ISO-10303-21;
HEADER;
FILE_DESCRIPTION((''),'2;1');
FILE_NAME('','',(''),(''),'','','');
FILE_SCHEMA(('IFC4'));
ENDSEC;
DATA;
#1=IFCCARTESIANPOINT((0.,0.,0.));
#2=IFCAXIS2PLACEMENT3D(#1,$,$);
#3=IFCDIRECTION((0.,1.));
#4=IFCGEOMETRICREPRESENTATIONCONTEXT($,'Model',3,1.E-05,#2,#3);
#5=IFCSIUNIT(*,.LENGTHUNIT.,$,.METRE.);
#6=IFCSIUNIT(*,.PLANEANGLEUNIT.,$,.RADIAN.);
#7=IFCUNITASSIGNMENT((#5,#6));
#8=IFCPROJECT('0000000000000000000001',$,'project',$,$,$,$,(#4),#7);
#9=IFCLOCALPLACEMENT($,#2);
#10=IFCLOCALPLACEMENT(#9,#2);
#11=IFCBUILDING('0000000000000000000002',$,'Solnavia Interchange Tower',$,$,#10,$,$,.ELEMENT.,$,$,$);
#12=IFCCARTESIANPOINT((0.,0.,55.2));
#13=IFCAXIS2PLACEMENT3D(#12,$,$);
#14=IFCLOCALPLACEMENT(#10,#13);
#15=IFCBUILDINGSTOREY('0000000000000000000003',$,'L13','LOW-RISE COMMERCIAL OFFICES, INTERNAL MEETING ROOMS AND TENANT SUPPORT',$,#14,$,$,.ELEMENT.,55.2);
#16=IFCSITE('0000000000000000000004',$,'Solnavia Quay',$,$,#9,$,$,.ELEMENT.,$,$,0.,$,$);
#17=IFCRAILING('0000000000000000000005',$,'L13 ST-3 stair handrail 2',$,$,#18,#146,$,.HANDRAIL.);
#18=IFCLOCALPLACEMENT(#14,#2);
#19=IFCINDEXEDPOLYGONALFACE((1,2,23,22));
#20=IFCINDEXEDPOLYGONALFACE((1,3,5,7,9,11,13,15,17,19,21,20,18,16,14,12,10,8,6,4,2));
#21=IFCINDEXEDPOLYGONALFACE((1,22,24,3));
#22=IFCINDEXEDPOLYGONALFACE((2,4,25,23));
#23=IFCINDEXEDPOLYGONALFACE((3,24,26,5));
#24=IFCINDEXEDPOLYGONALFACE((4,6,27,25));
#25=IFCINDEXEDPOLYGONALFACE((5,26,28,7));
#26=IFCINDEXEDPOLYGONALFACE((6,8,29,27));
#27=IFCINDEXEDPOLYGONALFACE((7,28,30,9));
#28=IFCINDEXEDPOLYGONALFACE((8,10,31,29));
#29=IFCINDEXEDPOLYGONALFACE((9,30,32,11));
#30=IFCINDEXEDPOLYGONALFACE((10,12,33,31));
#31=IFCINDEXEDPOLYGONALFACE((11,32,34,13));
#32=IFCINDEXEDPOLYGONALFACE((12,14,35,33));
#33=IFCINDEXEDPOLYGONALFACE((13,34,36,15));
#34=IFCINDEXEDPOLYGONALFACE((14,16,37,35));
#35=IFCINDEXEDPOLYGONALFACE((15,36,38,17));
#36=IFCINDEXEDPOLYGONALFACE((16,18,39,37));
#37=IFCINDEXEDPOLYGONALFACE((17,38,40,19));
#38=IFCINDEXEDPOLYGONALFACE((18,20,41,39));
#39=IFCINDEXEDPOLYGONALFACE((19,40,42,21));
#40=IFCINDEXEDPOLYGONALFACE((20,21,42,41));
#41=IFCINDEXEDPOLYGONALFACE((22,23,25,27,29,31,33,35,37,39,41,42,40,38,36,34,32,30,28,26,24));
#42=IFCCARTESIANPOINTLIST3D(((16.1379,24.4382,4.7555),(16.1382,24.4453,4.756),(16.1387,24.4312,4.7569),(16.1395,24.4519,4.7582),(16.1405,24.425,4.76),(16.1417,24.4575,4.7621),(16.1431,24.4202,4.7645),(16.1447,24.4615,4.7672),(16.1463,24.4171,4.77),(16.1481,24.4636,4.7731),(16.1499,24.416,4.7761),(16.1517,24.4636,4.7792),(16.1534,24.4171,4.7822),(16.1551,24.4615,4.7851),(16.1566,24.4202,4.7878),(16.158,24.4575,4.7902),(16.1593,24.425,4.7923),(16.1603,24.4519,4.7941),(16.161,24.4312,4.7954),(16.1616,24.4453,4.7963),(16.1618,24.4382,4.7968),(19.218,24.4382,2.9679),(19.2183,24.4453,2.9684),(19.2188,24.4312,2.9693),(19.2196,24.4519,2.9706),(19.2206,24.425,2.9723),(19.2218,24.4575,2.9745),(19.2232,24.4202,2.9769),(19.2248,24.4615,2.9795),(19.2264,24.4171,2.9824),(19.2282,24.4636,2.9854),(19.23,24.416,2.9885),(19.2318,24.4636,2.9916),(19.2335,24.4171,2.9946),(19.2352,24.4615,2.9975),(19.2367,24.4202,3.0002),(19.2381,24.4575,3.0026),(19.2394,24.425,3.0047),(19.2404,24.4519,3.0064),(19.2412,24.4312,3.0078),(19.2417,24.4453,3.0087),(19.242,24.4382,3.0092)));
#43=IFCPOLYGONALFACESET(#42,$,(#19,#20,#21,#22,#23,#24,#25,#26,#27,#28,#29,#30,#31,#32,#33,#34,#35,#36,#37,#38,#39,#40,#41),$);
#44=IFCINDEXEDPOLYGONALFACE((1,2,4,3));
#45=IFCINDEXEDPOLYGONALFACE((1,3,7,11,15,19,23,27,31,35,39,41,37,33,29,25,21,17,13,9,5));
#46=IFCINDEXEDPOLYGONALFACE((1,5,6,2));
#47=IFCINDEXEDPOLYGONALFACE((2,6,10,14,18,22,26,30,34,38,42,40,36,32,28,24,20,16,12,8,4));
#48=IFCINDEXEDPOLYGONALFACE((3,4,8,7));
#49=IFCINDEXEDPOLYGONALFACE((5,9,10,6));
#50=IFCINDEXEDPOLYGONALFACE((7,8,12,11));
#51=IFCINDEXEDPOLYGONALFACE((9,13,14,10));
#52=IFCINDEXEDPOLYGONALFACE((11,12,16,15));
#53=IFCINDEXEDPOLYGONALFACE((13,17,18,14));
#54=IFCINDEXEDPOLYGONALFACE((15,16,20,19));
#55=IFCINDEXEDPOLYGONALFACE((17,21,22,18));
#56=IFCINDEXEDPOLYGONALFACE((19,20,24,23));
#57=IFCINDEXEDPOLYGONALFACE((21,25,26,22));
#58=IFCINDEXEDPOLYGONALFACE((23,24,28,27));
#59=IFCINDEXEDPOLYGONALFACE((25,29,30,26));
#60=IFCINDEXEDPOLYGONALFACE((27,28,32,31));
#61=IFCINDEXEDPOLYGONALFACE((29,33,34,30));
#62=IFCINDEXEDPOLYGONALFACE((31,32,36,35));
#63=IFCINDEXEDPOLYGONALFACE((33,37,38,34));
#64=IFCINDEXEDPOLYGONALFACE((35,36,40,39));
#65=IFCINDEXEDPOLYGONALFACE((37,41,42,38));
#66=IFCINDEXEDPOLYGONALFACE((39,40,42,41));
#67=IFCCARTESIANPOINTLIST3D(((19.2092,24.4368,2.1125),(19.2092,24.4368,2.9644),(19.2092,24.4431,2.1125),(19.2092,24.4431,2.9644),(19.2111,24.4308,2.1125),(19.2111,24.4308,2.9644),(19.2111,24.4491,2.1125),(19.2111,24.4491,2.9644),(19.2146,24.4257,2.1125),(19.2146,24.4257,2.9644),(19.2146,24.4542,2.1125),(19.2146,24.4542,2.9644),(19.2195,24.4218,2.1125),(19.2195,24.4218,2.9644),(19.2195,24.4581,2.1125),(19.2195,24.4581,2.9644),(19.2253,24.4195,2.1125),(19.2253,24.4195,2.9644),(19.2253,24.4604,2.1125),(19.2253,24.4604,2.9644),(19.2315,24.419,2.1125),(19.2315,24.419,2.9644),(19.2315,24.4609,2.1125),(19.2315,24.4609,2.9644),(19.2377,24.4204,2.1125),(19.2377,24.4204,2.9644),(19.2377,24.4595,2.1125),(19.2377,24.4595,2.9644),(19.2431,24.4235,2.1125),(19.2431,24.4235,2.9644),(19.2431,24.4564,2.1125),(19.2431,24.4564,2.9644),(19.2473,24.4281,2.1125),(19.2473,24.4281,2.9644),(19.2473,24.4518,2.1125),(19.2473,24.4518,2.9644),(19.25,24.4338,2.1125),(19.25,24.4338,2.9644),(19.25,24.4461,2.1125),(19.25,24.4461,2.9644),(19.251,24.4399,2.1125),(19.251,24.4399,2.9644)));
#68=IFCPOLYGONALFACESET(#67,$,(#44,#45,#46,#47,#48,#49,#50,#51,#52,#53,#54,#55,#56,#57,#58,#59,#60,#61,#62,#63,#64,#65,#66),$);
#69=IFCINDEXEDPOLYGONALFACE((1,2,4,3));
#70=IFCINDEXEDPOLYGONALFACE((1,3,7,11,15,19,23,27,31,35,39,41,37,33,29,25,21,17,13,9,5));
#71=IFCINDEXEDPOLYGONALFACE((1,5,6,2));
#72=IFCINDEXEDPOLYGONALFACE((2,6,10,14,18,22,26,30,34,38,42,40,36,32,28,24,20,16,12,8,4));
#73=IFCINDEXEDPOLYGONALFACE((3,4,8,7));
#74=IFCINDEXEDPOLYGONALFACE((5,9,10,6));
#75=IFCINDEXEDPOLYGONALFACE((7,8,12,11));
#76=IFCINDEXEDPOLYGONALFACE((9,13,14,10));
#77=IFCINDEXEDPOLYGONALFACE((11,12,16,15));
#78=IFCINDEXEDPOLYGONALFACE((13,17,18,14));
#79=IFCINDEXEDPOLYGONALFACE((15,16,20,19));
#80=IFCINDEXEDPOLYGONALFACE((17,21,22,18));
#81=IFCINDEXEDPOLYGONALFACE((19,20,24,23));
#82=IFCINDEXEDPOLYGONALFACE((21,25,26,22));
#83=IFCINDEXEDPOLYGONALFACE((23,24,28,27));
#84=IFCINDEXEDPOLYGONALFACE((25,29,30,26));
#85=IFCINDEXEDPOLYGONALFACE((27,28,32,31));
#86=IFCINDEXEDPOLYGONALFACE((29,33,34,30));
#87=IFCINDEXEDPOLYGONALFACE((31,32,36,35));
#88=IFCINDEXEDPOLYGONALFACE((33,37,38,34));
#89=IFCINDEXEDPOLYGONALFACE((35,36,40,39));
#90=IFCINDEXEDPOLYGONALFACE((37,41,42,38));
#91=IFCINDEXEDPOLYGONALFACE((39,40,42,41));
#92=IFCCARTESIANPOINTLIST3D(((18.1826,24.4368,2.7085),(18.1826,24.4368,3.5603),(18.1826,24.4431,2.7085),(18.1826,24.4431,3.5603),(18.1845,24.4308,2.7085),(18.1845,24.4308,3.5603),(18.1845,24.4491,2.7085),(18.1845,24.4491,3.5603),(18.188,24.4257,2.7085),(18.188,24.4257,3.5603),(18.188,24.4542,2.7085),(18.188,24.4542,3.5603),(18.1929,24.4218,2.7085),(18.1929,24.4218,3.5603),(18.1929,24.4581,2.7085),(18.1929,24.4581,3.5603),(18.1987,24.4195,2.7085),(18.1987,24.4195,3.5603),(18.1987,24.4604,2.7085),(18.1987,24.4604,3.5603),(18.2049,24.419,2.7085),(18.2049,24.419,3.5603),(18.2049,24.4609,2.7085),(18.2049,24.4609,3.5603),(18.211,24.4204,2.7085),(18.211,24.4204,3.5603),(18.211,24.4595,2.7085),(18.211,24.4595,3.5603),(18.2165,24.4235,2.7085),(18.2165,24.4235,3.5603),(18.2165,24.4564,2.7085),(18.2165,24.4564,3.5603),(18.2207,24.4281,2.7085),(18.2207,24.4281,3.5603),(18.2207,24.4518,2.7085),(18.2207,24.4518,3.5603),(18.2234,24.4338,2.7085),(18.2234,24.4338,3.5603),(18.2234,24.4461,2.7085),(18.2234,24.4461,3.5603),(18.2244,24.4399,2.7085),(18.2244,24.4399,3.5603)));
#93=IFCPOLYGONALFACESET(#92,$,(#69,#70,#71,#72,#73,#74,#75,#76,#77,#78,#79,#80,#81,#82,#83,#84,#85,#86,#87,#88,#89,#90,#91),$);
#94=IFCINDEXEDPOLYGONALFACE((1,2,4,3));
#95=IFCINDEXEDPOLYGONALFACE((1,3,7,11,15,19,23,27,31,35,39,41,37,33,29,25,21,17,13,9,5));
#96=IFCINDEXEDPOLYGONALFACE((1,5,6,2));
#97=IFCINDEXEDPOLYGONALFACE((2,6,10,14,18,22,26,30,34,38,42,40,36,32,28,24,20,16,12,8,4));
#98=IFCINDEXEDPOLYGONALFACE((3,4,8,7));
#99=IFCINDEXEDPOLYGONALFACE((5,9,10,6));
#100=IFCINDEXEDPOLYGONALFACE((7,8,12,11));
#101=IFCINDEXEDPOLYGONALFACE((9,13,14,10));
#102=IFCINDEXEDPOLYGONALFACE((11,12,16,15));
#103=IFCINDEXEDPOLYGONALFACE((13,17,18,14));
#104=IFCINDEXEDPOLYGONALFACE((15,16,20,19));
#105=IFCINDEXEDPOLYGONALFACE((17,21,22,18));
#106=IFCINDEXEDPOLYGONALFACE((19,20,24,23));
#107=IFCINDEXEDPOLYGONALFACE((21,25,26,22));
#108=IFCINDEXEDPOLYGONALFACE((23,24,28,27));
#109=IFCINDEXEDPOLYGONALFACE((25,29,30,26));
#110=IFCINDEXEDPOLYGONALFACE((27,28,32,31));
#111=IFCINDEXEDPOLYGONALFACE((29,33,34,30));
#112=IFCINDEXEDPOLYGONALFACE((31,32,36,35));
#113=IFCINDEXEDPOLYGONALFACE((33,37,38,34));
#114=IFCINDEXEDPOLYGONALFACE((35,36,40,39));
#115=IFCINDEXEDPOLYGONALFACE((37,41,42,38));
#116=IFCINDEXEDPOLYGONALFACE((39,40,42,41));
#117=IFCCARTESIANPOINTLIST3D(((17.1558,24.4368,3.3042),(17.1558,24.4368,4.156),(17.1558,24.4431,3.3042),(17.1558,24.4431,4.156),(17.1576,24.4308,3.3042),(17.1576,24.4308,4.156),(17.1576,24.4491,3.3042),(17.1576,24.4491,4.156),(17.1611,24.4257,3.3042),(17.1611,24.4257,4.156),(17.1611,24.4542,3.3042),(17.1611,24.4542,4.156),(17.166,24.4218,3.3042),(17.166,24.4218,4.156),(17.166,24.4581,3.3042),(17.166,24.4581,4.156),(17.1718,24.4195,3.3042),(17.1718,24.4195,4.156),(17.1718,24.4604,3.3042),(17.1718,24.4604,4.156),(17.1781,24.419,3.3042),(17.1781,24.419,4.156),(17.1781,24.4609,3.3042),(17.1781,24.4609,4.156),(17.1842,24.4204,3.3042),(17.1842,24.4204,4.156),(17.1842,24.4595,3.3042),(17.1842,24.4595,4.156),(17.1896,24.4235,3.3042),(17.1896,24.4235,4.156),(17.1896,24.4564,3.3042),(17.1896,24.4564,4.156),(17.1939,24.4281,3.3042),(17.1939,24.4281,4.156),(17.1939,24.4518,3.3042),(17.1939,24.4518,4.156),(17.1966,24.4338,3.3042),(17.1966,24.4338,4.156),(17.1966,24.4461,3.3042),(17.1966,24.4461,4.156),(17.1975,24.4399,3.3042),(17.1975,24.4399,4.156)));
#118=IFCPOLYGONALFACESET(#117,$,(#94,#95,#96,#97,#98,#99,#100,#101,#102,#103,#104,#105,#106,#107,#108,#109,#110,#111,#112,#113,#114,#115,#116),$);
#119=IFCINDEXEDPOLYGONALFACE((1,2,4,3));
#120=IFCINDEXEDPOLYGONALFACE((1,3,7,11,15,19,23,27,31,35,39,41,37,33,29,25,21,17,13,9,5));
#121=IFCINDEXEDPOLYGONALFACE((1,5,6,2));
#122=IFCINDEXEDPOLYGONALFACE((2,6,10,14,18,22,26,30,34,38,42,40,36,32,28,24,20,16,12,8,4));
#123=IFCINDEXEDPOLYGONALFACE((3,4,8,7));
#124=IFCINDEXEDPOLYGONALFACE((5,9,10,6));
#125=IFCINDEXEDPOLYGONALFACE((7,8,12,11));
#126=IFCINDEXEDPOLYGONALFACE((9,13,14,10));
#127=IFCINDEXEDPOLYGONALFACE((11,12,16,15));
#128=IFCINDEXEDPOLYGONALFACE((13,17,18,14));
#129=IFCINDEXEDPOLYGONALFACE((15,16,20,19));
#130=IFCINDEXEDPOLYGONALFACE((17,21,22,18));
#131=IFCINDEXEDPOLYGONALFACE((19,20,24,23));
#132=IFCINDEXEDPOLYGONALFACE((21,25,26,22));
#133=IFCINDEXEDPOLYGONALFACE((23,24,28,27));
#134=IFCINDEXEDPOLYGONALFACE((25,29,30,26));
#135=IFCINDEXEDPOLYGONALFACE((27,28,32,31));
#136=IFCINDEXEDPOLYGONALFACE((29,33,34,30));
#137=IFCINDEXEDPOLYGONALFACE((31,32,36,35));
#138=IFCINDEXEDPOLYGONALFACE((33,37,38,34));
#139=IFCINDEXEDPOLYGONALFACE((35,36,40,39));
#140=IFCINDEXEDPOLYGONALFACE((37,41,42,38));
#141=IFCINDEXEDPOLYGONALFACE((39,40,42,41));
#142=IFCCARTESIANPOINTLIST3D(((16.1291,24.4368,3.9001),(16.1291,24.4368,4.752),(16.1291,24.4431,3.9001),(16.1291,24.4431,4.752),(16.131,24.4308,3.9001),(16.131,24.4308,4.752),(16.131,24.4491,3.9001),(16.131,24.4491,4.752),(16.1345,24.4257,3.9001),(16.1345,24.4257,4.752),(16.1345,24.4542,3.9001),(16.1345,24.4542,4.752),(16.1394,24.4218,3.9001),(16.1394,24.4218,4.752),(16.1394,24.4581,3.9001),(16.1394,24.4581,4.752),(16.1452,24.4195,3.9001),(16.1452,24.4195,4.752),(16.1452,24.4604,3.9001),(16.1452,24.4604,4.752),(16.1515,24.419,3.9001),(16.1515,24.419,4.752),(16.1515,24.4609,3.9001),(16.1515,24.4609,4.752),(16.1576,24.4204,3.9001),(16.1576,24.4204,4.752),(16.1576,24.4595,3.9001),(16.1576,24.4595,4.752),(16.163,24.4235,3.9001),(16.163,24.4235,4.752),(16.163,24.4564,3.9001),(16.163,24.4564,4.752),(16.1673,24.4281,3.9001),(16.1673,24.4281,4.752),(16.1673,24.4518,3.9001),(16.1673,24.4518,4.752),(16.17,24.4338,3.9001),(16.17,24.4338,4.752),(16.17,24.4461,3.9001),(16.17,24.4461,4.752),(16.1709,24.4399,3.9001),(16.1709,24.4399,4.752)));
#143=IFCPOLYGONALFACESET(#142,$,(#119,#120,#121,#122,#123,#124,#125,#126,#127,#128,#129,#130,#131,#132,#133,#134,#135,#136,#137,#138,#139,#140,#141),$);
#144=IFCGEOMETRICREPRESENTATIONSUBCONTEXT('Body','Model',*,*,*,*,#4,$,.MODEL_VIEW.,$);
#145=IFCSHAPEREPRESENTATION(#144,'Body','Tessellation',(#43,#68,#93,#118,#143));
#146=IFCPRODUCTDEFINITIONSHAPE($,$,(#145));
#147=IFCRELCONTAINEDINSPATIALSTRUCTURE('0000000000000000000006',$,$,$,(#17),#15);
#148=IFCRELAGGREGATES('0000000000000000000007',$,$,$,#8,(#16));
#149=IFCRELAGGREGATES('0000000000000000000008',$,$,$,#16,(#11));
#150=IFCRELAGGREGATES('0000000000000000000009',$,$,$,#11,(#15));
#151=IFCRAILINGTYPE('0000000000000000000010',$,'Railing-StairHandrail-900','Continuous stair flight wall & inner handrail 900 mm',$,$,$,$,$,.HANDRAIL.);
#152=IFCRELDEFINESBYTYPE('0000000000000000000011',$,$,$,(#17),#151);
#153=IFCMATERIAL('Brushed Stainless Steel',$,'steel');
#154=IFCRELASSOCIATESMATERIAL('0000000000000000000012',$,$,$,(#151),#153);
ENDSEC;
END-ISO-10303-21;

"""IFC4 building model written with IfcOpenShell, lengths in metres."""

from ifc_helpers import new_model, si_unit, direction, frame, origin, origin_2d, place, context, subcontext, project, spatial, circle, extrude, material, type_object, element, save


model = new_model("IFC4")

# Units and contexts
model_context = context("Model", 3, precision=1e-05, world=origin(), true_north=direction((0.0, 1.0)))
body_context = subcontext(model_context, "Body", "Model", "MODEL_VIEW")
ifc_project = project(units=[si_unit("LENGTHUNIT", "METRE"), si_unit("PLANEANGLEUNIT", "RADIAN")], contexts=[model_context])

# Site, building, storey
site_placement = place(None, origin())
site = spatial("IfcSite", under=ifc_project, at=site_placement, Name="Solnavia Quay", CompositionType="ELEMENT", RefElevation=0.0)
building_placement = place(site_placement, origin())
building = spatial("IfcBuilding", under=site, at=building_placement, Name="Solnavia Interchange Tower", CompositionType="ELEMENT")
storey_placement = place(building_placement, frame((0.0, 0.0, 55.2)))
storey = spatial("IfcBuildingStorey", under=building, at=storey_placement, Name="L13", Description="LOW-RISE COMMERCIAL OFFICES, INTERNAL MEETING ROOMS AND TENANT SUPPORT", CompositionType="ELEMENT", Elevation=55.2)

# Railing
ifc_material_1 = material(Name="Brushed Stainless Steel", Category="steel")
railing_type_1 = type_object("IfcRailingType", Name="Railing-StairHandrail-900", Description="Continuous stair flight wall & inner handrail 900 mm", PredefinedType="HANDRAIL", material=ifc_material_1)
railing_1_placement = place(storey_placement, frame((19.23, 24.4399, 2.1125)))
element("IfcRailing", 1, at=railing_1_placement, inside=storey, type_object=railing_type_1, Name="L13 ST-3 stair handrail 2", PredefinedType="HANDRAIL", context=body_context, shape_type="SweptSolid", body=[
    extrude(circle(Radius=0.0239, at=origin_2d()), frame((0.0, 0.0, 0.876), z_axis=(-0.864891, 0.0, 0.50196), x_axis=(0.0, -1.0, 0.0)), (0.0, 0.0, 1.0), 3.5613),
    extrude(circle(Radius=0.021, at=origin_2d()), origin(), (0.0, 0.0, 1.0), 0.8518),
    extrude(circle(Radius=0.021, at=origin_2d()), frame((-1.0266, 0.0, 0.5959)), (0.0, 0.0, 1.0), 0.8518),
    extrude(circle(Radius=0.021, at=origin_2d()), frame((-2.0535, 0.0, 1.1917)), (0.0, 0.0, 1.0), 0.8518),
    extrude(circle(Radius=0.021, at=origin_2d()), frame((-3.0801, 0.0, 1.7876)), (0.0, 0.0, 1.0), 0.8518),
])

save(model, "model.ifc")
